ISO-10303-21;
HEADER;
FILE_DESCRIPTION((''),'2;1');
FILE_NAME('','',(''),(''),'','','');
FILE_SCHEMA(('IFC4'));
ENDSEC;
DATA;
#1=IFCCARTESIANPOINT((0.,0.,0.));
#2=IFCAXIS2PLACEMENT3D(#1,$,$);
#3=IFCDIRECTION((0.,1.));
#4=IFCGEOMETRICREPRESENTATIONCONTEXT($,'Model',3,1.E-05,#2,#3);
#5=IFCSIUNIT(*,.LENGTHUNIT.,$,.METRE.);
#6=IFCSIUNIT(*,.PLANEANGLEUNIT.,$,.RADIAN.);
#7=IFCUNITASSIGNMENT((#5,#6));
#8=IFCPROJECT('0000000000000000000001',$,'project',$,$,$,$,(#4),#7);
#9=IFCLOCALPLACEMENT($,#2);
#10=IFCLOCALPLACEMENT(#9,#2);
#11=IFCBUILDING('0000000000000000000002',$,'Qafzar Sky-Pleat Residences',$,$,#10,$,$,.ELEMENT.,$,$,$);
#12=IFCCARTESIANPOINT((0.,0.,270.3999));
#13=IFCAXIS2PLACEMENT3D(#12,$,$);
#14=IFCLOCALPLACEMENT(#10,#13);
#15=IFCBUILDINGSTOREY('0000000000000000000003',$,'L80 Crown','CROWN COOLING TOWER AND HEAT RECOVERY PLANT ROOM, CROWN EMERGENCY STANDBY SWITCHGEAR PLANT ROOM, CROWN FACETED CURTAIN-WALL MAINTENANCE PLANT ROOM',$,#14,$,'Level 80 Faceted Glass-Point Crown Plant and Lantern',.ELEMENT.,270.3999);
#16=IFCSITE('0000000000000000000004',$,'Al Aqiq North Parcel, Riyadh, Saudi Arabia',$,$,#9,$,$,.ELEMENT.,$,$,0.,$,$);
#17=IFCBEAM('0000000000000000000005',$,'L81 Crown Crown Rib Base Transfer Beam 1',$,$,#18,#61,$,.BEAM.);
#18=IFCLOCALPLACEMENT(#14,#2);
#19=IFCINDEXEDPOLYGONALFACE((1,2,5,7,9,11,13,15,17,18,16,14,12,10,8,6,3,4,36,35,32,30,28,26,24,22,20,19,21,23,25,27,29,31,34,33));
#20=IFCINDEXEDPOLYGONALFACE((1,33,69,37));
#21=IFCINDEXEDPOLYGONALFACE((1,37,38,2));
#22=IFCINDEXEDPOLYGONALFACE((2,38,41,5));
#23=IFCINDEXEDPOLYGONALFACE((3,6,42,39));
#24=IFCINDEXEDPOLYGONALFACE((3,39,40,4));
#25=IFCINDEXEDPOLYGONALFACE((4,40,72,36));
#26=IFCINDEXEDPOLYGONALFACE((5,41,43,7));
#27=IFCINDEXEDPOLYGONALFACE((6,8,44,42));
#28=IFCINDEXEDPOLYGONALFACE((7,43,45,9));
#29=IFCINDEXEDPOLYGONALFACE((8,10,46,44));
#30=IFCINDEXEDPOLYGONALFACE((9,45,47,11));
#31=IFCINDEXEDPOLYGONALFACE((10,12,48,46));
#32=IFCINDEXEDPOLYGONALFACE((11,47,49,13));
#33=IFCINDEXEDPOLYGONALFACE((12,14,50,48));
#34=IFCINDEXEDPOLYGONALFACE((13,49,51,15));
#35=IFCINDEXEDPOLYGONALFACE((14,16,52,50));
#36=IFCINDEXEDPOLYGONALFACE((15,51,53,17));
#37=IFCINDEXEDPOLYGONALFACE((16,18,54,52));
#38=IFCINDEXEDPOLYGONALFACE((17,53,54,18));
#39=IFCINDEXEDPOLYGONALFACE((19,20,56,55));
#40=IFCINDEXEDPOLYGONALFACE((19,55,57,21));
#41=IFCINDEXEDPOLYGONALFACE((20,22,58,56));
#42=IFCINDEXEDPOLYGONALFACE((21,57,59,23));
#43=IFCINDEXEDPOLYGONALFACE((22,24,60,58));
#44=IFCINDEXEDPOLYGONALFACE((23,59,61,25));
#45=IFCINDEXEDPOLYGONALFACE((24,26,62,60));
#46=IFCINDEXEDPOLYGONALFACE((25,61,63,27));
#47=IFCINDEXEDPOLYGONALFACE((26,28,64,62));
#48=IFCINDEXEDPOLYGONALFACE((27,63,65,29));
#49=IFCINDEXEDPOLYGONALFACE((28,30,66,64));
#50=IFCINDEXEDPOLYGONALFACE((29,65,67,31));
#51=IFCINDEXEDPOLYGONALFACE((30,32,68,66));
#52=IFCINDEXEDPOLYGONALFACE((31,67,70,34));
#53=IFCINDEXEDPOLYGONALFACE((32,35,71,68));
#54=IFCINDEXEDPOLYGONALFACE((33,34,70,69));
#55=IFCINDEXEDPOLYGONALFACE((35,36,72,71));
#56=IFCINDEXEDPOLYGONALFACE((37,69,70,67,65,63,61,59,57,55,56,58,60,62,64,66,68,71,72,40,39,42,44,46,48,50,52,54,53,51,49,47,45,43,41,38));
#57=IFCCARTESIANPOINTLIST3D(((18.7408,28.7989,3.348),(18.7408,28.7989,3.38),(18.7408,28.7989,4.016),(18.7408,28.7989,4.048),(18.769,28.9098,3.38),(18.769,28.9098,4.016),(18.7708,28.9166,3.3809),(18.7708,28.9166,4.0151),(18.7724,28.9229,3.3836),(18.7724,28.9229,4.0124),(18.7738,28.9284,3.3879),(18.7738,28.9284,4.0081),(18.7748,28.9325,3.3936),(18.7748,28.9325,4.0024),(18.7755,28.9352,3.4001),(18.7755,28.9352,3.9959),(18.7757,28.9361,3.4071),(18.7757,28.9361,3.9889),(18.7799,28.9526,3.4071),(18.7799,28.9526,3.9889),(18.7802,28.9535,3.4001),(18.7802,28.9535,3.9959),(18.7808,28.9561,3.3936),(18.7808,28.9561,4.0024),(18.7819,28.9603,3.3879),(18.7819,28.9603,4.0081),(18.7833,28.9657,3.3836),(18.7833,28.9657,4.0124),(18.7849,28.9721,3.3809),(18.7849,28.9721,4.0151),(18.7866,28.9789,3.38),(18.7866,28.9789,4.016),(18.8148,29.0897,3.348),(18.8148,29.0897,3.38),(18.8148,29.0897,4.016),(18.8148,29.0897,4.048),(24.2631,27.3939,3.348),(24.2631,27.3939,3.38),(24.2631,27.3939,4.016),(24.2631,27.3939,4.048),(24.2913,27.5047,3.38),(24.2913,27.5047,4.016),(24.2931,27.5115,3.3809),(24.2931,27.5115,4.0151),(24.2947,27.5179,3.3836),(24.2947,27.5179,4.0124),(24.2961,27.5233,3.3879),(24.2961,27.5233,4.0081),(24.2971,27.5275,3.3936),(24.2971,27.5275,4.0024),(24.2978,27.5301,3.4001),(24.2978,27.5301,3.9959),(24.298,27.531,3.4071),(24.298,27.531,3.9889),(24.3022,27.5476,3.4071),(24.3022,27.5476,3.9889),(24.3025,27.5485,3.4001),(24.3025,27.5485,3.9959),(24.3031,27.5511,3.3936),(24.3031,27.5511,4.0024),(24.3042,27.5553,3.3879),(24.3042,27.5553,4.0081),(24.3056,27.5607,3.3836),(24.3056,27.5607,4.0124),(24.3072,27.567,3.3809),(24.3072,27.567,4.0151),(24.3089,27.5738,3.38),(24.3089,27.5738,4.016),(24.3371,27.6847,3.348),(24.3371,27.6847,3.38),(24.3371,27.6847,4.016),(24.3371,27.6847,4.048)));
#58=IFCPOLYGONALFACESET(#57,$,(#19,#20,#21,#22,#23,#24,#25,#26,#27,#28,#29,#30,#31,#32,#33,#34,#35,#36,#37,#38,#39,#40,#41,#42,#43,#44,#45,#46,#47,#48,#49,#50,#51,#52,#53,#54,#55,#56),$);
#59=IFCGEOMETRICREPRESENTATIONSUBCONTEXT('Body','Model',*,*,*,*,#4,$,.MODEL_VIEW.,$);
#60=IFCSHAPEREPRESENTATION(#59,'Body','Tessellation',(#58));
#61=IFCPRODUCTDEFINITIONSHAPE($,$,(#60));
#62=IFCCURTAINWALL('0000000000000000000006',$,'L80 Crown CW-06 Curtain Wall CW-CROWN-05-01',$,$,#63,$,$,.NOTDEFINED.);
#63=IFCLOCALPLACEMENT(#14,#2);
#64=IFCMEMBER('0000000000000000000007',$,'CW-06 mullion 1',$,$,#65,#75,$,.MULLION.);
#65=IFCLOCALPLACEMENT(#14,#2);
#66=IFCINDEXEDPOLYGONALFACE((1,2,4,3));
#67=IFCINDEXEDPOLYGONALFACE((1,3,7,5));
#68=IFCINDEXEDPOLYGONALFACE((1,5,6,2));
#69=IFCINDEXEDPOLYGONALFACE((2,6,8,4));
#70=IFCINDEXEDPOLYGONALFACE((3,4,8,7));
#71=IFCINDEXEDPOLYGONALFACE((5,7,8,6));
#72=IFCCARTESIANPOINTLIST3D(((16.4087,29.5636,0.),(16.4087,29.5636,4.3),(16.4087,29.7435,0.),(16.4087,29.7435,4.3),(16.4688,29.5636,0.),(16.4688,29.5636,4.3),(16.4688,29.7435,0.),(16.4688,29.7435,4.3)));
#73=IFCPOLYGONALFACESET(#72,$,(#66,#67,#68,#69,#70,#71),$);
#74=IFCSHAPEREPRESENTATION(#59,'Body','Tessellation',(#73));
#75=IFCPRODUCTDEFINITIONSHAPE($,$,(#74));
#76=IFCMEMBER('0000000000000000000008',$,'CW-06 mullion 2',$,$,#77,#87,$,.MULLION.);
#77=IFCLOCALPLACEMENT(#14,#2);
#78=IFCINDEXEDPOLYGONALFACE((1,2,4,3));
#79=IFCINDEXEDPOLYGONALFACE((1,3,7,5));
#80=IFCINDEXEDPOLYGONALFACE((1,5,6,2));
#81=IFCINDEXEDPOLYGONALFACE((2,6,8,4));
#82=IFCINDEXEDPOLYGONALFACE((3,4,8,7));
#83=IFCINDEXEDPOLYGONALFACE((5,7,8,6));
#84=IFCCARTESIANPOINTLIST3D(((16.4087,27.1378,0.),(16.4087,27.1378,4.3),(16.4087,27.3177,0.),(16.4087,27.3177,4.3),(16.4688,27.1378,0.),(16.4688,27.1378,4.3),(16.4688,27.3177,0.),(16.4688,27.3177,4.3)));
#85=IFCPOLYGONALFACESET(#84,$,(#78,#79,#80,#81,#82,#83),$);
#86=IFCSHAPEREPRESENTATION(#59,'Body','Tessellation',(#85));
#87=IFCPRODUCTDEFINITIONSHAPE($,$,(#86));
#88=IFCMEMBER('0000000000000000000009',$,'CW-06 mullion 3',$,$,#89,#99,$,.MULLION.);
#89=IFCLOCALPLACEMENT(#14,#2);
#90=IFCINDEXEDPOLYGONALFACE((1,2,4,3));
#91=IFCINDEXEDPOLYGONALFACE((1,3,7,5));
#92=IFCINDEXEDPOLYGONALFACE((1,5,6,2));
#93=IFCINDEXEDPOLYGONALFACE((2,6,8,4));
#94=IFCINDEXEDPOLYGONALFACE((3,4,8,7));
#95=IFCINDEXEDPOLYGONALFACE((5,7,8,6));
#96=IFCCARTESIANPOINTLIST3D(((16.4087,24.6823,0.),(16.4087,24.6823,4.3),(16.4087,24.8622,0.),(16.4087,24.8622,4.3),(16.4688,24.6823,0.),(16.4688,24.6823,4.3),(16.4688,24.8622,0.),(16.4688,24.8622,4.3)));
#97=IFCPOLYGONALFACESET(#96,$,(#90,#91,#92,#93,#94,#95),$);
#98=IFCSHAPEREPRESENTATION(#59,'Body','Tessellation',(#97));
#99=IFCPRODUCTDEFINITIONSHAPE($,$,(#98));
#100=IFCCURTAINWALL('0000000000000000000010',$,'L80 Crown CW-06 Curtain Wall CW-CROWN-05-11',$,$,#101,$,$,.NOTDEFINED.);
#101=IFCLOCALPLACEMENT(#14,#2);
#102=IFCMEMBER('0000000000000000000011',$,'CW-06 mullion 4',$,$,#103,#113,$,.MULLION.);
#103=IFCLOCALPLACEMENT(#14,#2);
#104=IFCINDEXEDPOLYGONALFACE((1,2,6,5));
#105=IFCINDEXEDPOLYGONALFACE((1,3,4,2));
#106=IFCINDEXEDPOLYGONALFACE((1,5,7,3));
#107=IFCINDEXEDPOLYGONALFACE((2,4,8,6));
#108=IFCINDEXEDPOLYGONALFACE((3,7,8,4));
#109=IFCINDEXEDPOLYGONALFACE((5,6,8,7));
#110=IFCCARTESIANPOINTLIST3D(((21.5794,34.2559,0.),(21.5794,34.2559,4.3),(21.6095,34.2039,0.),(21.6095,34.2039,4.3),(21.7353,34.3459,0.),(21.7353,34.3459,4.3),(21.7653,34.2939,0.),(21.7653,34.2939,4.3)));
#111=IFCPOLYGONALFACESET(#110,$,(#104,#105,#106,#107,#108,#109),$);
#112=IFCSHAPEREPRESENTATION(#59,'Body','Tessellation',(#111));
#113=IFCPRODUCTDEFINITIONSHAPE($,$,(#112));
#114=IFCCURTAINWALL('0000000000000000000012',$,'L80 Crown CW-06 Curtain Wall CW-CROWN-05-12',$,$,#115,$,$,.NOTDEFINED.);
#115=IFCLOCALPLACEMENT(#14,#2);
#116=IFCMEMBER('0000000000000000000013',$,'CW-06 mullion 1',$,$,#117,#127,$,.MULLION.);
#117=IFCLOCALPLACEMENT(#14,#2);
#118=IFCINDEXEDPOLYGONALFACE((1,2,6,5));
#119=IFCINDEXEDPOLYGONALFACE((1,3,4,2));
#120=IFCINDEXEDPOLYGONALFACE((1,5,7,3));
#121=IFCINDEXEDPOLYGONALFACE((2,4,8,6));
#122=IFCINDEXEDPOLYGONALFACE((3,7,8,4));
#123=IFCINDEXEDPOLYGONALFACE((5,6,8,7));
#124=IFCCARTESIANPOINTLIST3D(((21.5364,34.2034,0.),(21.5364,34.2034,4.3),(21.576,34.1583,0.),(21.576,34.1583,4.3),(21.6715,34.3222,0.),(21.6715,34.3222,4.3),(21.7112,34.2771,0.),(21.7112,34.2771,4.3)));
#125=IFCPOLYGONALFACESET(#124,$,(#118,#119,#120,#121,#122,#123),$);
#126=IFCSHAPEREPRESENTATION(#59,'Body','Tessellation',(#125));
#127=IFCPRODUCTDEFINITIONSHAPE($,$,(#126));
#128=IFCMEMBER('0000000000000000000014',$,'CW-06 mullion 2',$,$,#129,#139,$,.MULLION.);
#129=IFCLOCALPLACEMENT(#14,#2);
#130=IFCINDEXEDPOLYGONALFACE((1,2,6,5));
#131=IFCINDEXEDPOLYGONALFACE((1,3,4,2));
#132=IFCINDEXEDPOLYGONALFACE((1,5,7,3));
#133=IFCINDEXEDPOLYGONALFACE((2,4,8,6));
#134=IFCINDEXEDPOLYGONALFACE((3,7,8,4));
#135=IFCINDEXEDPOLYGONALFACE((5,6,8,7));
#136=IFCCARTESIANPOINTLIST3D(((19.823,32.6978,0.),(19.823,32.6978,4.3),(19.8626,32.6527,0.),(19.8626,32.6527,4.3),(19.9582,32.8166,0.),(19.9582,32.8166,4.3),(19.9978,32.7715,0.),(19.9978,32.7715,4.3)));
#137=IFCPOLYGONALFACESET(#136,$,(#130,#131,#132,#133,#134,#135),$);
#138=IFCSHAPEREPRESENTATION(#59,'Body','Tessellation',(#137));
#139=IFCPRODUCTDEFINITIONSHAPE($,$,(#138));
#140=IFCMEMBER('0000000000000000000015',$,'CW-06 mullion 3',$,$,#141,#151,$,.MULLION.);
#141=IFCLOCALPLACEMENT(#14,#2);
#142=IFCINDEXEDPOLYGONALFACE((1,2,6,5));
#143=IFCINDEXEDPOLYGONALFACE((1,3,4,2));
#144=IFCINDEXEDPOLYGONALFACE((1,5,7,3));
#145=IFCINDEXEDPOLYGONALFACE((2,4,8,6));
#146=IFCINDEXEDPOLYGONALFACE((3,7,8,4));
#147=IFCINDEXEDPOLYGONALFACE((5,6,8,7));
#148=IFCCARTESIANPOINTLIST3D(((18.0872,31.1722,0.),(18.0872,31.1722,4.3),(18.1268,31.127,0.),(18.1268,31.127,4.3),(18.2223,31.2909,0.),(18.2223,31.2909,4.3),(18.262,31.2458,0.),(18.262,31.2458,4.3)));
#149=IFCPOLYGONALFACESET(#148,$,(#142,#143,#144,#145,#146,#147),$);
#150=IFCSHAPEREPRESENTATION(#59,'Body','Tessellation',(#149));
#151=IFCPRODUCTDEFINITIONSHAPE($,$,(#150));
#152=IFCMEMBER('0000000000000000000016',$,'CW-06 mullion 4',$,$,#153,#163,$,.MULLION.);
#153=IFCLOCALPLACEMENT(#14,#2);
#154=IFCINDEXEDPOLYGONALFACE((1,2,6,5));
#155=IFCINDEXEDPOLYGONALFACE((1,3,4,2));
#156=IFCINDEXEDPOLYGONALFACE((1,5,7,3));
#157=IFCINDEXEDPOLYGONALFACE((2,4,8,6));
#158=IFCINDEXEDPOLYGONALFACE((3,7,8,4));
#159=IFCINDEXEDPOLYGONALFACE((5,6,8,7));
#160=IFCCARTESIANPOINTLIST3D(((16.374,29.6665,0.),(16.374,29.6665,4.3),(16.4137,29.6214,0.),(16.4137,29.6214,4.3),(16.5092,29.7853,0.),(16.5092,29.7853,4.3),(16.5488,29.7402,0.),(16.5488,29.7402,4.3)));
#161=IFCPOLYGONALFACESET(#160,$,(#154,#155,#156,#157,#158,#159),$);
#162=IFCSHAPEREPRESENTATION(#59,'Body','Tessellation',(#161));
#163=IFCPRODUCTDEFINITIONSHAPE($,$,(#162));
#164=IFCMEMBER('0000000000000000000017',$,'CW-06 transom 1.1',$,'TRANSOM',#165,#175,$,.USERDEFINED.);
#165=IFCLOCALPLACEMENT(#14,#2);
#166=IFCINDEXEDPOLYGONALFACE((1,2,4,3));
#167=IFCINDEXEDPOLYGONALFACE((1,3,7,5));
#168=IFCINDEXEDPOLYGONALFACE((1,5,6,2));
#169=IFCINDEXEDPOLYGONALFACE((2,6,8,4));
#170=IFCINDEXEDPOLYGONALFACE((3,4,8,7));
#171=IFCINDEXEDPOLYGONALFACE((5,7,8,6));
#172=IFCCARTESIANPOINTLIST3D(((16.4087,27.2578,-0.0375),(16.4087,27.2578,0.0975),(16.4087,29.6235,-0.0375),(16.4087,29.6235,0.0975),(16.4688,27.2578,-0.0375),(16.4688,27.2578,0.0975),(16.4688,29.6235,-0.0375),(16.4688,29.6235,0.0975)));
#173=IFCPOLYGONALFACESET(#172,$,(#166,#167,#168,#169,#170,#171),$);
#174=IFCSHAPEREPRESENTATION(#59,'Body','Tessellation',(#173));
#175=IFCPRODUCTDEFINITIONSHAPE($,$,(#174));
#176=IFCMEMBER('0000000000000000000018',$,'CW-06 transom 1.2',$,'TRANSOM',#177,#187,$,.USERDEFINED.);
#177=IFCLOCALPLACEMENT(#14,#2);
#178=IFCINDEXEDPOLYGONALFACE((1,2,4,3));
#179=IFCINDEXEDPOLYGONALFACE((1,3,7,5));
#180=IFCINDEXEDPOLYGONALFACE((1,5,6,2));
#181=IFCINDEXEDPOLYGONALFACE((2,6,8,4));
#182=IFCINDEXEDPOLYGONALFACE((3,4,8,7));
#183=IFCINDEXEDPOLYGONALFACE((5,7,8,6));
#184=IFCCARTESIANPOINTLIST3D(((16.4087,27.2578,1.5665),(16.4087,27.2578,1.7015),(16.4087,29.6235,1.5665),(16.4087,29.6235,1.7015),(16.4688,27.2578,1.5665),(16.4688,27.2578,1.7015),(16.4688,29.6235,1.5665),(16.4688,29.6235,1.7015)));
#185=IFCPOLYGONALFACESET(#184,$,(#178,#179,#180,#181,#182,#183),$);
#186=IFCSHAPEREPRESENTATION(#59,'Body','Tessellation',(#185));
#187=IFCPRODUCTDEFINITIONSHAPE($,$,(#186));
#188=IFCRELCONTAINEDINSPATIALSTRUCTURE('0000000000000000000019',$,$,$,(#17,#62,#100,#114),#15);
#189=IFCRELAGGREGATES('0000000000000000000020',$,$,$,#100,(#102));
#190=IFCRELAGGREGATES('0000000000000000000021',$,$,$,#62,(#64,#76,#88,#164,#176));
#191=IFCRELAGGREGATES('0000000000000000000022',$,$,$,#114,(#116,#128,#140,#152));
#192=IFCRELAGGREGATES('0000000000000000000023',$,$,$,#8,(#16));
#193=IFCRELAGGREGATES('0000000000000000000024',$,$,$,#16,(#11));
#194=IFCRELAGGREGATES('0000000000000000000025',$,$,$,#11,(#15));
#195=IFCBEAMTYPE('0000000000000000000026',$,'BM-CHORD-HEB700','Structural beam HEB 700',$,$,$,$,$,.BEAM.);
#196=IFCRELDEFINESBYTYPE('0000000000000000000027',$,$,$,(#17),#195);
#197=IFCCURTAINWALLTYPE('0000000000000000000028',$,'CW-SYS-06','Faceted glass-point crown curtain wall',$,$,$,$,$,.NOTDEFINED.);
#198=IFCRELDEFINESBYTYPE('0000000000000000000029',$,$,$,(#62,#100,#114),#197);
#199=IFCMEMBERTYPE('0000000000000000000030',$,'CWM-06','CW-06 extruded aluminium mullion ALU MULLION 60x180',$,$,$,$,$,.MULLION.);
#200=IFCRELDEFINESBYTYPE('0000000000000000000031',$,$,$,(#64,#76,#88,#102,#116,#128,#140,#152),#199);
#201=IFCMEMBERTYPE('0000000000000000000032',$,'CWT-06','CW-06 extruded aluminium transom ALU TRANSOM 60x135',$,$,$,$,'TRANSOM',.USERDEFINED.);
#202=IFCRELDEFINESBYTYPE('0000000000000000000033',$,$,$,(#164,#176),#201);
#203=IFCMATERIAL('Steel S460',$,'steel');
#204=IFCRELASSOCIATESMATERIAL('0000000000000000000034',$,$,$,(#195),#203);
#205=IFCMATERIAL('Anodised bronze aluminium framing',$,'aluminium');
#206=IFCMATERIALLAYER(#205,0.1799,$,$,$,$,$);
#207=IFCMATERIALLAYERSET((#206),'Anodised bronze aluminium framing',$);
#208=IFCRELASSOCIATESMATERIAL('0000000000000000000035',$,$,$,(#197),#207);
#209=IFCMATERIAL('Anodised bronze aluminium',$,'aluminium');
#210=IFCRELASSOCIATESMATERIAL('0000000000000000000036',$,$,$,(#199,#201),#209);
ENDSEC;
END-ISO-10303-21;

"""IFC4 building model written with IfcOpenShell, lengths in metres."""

from ifc_helpers import new_model, si_unit, direction, frame, origin, origin_2d, place, context, subcontext, project, spatial, rectangle, i_section, extrude, source, transform, mapped, material, layer, layer_set, material_profile, profile_set, type_object, element, aggregate, save


model = new_model("IFC4")

# Units and contexts
model_context = context("Model", 3, precision=1e-05, world=origin(), true_north=direction((0.0, 1.0)))
body_context = subcontext(model_context, "Body", "Model", "MODEL_VIEW")
ifc_project = project(units=[si_unit("LENGTHUNIT", "METRE"), si_unit("PLANEANGLEUNIT", "RADIAN")], contexts=[model_context])

# Site, building, storey
site_placement = place(None, origin())
site = spatial("IfcSite", under=ifc_project, at=site_placement, Name="Al Aqiq North Parcel, Riyadh, Saudi Arabia", CompositionType="ELEMENT", RefElevation=0.0)
building_placement = place(site_placement, origin())
building = spatial("IfcBuilding", under=site, at=building_placement, Name="Qafzar Sky-Pleat Residences", CompositionType="ELEMENT")
storey_placement = place(building_placement, frame((0.0, 0.0, 270.3999)))
storey = spatial("IfcBuildingStorey", under=building, at=storey_placement, Name="L80 Crown", Description="CROWN COOLING TOWER AND HEAT RECOVERY PLANT ROOM, CROWN EMERGENCY STANDBY SWITCHGEAR PLANT ROOM, CROWN FACETED CURTAIN-WALL MAINTENANCE PLANT ROOM", LongName="Level 80 Faceted Glass-Point Crown Plant and Lantern", CompositionType="ELEMENT", Elevation=270.3999)

# Shared definitions
ifc_material_1 = material(Name="Steel S460", Category="steel")

# Beam
ifc_material_profile_1 = material_profile(ifc_material_1, i_section(OverallWidth=0.3, OverallDepth=0.7, WebThickness=0.0171, FlangeThickness=0.032, FilletRadius=0.0271, at=origin_2d()), Name="HEB 700")
ifc_profile_set_1 = profile_set([ifc_material_profile_1], Name="Steel S460")
beam_type = type_object("IfcBeamType", Name="BM-CHORD-HEB700", Description="Structural beam HEB 700", PredefinedType="BEAM", material=ifc_profile_set_1)
shared_shape_1 = source(origin(), body_context, "Body", "SweptSolid", [
    extrude(i_section(OverallWidth=0.3, OverallDepth=0.7, WebThickness=0.0171, FlangeThickness=0.032, FilletRadius=0.0271, at=origin_2d()), origin(), (0.0, 0.0, 1.0), 5.6982),
])
beam_placement = place(storey_placement, frame((18.7778, 28.9443, 3.698), z_axis=(0.969123, -0.246576, 0.0), x_axis=(0.246576, 0.969123, 0.0)))
element("IfcBeam", 1, at=beam_placement, inside=storey, type_object=beam_type, Name="L81 Crown Crown Rib Base Transfer Beam 1", PredefinedType="BEAM", context=body_context, shape_type="MappedRepresentation", body=[
    mapped(shared_shape_1, transform((0.0, 0.0, 0.0), x_axis=(1.0, 0.0, 0.0), y_axis=(0.0, 1.0, 0.0), z_axis=(0.0, 0.0, 1.0), scale=1.0)),
])

# Curtain wall, members
ifc_material_2 = material(Name="Anodised bronze aluminium framing", Category="aluminium")
ifc_layer_1 = layer(ifc_material_2, 0.1799)
ifc_layer_set_1 = layer_set([ifc_layer_1], Name="Anodised bronze aluminium framing")
curtain_wall_type = type_object("IfcCurtainWallType", Name="CW-SYS-06", Description="Faceted glass-point crown curtain wall", PredefinedType="NOTDEFINED", material=ifc_layer_set_1)
curtain_wall_1_placement = place(storey_placement, origin())
curtain_wall_1 = element("IfcCurtainWall", 2, at=curtain_wall_1_placement, inside=storey, type_object=curtain_wall_type, Name="L80 Crown CW-06 Curtain Wall CW-CROWN-05-01", PredefinedType="NOTDEFINED")
ifc_material_3 = material(Name="Anodised bronze aluminium", Category="aluminium")
ifc_material_profile_2 = material_profile(ifc_material_3, rectangle(XDim=0.0601, YDim=0.1799, at=origin_2d()), Name="ALU MULLION 60x180")
ifc_profile_set_2 = profile_set([ifc_material_profile_2], Name="Anodised bronze aluminium")
member_type_1 = type_object("IfcMemberType", Name="CWM-06", Description="CW-06 extruded aluminium mullion ALU MULLION 60x180", PredefinedType="MULLION", material=ifc_profile_set_2)
shared_shape_2 = source(origin(), body_context, "Body", "SweptSolid", [
    extrude(rectangle(XDim=0.0601, YDim=0.1799, at=origin_2d()), origin(), (0.0, 0.0, 1.0), 4.3),
])
member_1_placement = place(storey_placement, frame((16.4387, 29.6536, 0.0), z_axis=(0.0, 0.0, 1.0), x_axis=(1.0, 0.0, 0.0)))
member_1 = element("IfcMember", 3, at=member_1_placement, type_object=member_type_1, Name="CW-06 mullion 1", PredefinedType="MULLION", context=body_context, shape_type="MappedRepresentation", body=[
    mapped(shared_shape_2, transform((0.0, 0.0, 0.0), x_axis=(1.0, 0.0, 0.0), y_axis=(0.0, 1.0, 0.0), z_axis=(0.0, 0.0, 1.0), scale=1.0)),
])
member_2_placement = place(storey_placement, frame((16.4387, 27.2278, 0.0), z_axis=(0.0, 0.0, 1.0), x_axis=(1.0, 0.0, 0.0)))
member_2 = element("IfcMember", 4, at=member_2_placement, type_object=member_type_1, Name="CW-06 mullion 2", PredefinedType="MULLION", context=body_context, shape_type="MappedRepresentation", body=[
    mapped(shared_shape_2, transform((0.0, 0.0, 0.0), x_axis=(1.0, 0.0, 0.0), y_axis=(0.0, 1.0, 0.0), z_axis=(0.0, 0.0, 1.0), scale=1.0)),
])
member_3_placement = place(storey_placement, frame((16.4387, 24.7722, 0.0), z_axis=(0.0, 0.0, 1.0), x_axis=(1.0, 0.0, 0.0)))
member_3 = element("IfcMember", 5, at=member_3_placement, type_object=member_type_1, Name="CW-06 mullion 3", PredefinedType="MULLION", context=body_context, shape_type="MappedRepresentation", body=[
    mapped(shared_shape_2, transform((0.0, 0.0, 0.0), x_axis=(1.0, 0.0, 0.0), y_axis=(0.0, 1.0, 0.0), z_axis=(0.0, 0.0, 1.0), scale=1.0)),
])

# Curtain wall, member
curtain_wall_2_placement = place(storey_placement, origin())
curtain_wall_2 = element("IfcCurtainWall", 6, at=curtain_wall_2_placement, inside=storey, type_object=curtain_wall_type, Name="L80 Crown CW-06 Curtain Wall CW-CROWN-05-11", PredefinedType="NOTDEFINED")
member_4_placement = place(storey_placement, frame((21.6724, 34.2749, 0.0), z_axis=(0.0, 0.0, 1.0), x_axis=(0.500003, -0.866024, 0.0)))
member_4 = element("IfcMember", 7, at=member_4_placement, type_object=member_type_1, Name="CW-06 mullion 4", PredefinedType="MULLION", context=body_context, shape_type="MappedRepresentation", body=[
    mapped(shared_shape_2, transform((0.0, 0.0, 0.0), x_axis=(1.0, 0.0, 0.0), y_axis=(0.0, 1.0, 0.0), z_axis=(0.0, 0.0, 1.0), scale=1.0)),
])
aggregate(curtain_wall_2, [member_4])

# Curtain wall, members
curtain_wall_3_placement = place(storey_placement, origin())
curtain_wall_3 = element("IfcCurtainWall", 8, at=curtain_wall_3_placement, inside=storey, type_object=curtain_wall_type, Name="L80 Crown CW-06 Curtain Wall CW-CROWN-05-12", PredefinedType="NOTDEFINED")
member_5_placement = place(storey_placement, frame((21.6238, 34.2402, 0.0), z_axis=(0.0, 0.0, 1.0), x_axis=(0.660132, -0.75115, 0.0)))
member_5 = element("IfcMember", 9, at=member_5_placement, type_object=member_type_1, Name="CW-06 mullion 1", PredefinedType="MULLION", context=body_context, shape_type="MappedRepresentation", body=[
    mapped(shared_shape_2, transform((0.0, 0.0, 0.0), x_axis=(1.0, 0.0, 0.0), y_axis=(0.0, 1.0, 0.0), z_axis=(0.0, 0.0, 1.0), scale=1.0)),
])
member_6_placement = place(storey_placement, frame((19.9104, 32.7346, 0.0), z_axis=(0.0, 0.0, 1.0), x_axis=(0.660132, -0.75115, 0.0)))
member_6 = element("IfcMember", 10, at=member_6_placement, type_object=member_type_1, Name="CW-06 mullion 2", PredefinedType="MULLION", context=body_context, shape_type="MappedRepresentation", body=[
    mapped(shared_shape_2, transform((0.0, 0.0, 0.0), x_axis=(1.0, 0.0, 0.0), y_axis=(0.0, 1.0, 0.0), z_axis=(0.0, 0.0, 1.0), scale=1.0)),
])
member_7_placement = place(storey_placement, frame((18.1746, 31.209, 0.0), z_axis=(0.0, 0.0, 1.0), x_axis=(0.660132, -0.75115, 0.0)))
member_7 = element("IfcMember", 11, at=member_7_placement, type_object=member_type_1, Name="CW-06 mullion 3", PredefinedType="MULLION", context=body_context, shape_type="MappedRepresentation", body=[
    mapped(shared_shape_2, transform((0.0, 0.0, 0.0), x_axis=(1.0, 0.0, 0.0), y_axis=(0.0, 1.0, 0.0), z_axis=(0.0, 0.0, 1.0), scale=1.0)),
])
member_8_placement = place(storey_placement, frame((16.4614, 29.7034, 0.0), z_axis=(0.0, 0.0, 1.0), x_axis=(0.660132, -0.75115, 0.0)))
member_8 = element("IfcMember", 12, at=member_8_placement, type_object=member_type_1, Name="CW-06 mullion 4", PredefinedType="MULLION", context=body_context, shape_type="MappedRepresentation", body=[
    mapped(shared_shape_2, transform((0.0, 0.0, 0.0), x_axis=(1.0, 0.0, 0.0), y_axis=(0.0, 1.0, 0.0), z_axis=(0.0, 0.0, 1.0), scale=1.0)),
])

# Members
ifc_material_profile_3 = material_profile(ifc_material_3, rectangle(XDim=0.0601, YDim=0.135, at=origin_2d()), Name="ALU TRANSOM 60x135")
ifc_profile_set_3 = profile_set([ifc_material_profile_3], Name="Anodised bronze aluminium")
member_type_2 = type_object("IfcMemberType", Name="CWT-06", Description="CW-06 extruded aluminium transom ALU TRANSOM 60x135", ElementType="TRANSOM", PredefinedType="USERDEFINED", material=ifc_profile_set_3)
shared_shape_3 = source(origin(), body_context, "Body", "SweptSolid", [
    extrude(rectangle(XDim=0.0601, YDim=0.135, at=origin_2d()), origin(), (0.0, 0.0, 1.0), 2.3657),
])
member_9_placement = place(storey_placement, frame((16.4387, 29.6235, 0.03), z_axis=(0.0, -1.0, 0.0), x_axis=(1.0, 0.0, 0.0)))
member_9 = element("IfcMember", 13, at=member_9_placement, type_object=member_type_2, Name="CW-06 transom 1.1", ObjectType="TRANSOM", PredefinedType="USERDEFINED", context=body_context, shape_type="MappedRepresentation", body=[
    mapped(shared_shape_3, transform((0.0, 0.0, 0.0), x_axis=(1.0, 0.0, 0.0), y_axis=(0.0, 1.0, 0.0), z_axis=(0.0, 0.0, 1.0), scale=1.0)),
])
member_10_placement = place(storey_placement, frame((16.4387, 29.6235, 1.634), z_axis=(0.0, -1.0, 0.0), x_axis=(1.0, 0.0, 0.0)))
member_10 = element("IfcMember", 14, at=member_10_placement, type_object=member_type_2, Name="CW-06 transom 1.2", ObjectType="TRANSOM", PredefinedType="USERDEFINED", context=body_context, shape_type="MappedRepresentation", body=[
    mapped(shared_shape_3, transform((0.0, 0.0, 0.0), x_axis=(1.0, 0.0, 0.0), y_axis=(0.0, 1.0, 0.0), z_axis=(0.0, 0.0, 1.0), scale=1.0)),
])

aggregate(curtain_wall_1, [member_1, member_2, member_3, member_9, member_10])
aggregate(curtain_wall_3, [member_5, member_6, member_7, member_8])

save(model, "model.ifc")
